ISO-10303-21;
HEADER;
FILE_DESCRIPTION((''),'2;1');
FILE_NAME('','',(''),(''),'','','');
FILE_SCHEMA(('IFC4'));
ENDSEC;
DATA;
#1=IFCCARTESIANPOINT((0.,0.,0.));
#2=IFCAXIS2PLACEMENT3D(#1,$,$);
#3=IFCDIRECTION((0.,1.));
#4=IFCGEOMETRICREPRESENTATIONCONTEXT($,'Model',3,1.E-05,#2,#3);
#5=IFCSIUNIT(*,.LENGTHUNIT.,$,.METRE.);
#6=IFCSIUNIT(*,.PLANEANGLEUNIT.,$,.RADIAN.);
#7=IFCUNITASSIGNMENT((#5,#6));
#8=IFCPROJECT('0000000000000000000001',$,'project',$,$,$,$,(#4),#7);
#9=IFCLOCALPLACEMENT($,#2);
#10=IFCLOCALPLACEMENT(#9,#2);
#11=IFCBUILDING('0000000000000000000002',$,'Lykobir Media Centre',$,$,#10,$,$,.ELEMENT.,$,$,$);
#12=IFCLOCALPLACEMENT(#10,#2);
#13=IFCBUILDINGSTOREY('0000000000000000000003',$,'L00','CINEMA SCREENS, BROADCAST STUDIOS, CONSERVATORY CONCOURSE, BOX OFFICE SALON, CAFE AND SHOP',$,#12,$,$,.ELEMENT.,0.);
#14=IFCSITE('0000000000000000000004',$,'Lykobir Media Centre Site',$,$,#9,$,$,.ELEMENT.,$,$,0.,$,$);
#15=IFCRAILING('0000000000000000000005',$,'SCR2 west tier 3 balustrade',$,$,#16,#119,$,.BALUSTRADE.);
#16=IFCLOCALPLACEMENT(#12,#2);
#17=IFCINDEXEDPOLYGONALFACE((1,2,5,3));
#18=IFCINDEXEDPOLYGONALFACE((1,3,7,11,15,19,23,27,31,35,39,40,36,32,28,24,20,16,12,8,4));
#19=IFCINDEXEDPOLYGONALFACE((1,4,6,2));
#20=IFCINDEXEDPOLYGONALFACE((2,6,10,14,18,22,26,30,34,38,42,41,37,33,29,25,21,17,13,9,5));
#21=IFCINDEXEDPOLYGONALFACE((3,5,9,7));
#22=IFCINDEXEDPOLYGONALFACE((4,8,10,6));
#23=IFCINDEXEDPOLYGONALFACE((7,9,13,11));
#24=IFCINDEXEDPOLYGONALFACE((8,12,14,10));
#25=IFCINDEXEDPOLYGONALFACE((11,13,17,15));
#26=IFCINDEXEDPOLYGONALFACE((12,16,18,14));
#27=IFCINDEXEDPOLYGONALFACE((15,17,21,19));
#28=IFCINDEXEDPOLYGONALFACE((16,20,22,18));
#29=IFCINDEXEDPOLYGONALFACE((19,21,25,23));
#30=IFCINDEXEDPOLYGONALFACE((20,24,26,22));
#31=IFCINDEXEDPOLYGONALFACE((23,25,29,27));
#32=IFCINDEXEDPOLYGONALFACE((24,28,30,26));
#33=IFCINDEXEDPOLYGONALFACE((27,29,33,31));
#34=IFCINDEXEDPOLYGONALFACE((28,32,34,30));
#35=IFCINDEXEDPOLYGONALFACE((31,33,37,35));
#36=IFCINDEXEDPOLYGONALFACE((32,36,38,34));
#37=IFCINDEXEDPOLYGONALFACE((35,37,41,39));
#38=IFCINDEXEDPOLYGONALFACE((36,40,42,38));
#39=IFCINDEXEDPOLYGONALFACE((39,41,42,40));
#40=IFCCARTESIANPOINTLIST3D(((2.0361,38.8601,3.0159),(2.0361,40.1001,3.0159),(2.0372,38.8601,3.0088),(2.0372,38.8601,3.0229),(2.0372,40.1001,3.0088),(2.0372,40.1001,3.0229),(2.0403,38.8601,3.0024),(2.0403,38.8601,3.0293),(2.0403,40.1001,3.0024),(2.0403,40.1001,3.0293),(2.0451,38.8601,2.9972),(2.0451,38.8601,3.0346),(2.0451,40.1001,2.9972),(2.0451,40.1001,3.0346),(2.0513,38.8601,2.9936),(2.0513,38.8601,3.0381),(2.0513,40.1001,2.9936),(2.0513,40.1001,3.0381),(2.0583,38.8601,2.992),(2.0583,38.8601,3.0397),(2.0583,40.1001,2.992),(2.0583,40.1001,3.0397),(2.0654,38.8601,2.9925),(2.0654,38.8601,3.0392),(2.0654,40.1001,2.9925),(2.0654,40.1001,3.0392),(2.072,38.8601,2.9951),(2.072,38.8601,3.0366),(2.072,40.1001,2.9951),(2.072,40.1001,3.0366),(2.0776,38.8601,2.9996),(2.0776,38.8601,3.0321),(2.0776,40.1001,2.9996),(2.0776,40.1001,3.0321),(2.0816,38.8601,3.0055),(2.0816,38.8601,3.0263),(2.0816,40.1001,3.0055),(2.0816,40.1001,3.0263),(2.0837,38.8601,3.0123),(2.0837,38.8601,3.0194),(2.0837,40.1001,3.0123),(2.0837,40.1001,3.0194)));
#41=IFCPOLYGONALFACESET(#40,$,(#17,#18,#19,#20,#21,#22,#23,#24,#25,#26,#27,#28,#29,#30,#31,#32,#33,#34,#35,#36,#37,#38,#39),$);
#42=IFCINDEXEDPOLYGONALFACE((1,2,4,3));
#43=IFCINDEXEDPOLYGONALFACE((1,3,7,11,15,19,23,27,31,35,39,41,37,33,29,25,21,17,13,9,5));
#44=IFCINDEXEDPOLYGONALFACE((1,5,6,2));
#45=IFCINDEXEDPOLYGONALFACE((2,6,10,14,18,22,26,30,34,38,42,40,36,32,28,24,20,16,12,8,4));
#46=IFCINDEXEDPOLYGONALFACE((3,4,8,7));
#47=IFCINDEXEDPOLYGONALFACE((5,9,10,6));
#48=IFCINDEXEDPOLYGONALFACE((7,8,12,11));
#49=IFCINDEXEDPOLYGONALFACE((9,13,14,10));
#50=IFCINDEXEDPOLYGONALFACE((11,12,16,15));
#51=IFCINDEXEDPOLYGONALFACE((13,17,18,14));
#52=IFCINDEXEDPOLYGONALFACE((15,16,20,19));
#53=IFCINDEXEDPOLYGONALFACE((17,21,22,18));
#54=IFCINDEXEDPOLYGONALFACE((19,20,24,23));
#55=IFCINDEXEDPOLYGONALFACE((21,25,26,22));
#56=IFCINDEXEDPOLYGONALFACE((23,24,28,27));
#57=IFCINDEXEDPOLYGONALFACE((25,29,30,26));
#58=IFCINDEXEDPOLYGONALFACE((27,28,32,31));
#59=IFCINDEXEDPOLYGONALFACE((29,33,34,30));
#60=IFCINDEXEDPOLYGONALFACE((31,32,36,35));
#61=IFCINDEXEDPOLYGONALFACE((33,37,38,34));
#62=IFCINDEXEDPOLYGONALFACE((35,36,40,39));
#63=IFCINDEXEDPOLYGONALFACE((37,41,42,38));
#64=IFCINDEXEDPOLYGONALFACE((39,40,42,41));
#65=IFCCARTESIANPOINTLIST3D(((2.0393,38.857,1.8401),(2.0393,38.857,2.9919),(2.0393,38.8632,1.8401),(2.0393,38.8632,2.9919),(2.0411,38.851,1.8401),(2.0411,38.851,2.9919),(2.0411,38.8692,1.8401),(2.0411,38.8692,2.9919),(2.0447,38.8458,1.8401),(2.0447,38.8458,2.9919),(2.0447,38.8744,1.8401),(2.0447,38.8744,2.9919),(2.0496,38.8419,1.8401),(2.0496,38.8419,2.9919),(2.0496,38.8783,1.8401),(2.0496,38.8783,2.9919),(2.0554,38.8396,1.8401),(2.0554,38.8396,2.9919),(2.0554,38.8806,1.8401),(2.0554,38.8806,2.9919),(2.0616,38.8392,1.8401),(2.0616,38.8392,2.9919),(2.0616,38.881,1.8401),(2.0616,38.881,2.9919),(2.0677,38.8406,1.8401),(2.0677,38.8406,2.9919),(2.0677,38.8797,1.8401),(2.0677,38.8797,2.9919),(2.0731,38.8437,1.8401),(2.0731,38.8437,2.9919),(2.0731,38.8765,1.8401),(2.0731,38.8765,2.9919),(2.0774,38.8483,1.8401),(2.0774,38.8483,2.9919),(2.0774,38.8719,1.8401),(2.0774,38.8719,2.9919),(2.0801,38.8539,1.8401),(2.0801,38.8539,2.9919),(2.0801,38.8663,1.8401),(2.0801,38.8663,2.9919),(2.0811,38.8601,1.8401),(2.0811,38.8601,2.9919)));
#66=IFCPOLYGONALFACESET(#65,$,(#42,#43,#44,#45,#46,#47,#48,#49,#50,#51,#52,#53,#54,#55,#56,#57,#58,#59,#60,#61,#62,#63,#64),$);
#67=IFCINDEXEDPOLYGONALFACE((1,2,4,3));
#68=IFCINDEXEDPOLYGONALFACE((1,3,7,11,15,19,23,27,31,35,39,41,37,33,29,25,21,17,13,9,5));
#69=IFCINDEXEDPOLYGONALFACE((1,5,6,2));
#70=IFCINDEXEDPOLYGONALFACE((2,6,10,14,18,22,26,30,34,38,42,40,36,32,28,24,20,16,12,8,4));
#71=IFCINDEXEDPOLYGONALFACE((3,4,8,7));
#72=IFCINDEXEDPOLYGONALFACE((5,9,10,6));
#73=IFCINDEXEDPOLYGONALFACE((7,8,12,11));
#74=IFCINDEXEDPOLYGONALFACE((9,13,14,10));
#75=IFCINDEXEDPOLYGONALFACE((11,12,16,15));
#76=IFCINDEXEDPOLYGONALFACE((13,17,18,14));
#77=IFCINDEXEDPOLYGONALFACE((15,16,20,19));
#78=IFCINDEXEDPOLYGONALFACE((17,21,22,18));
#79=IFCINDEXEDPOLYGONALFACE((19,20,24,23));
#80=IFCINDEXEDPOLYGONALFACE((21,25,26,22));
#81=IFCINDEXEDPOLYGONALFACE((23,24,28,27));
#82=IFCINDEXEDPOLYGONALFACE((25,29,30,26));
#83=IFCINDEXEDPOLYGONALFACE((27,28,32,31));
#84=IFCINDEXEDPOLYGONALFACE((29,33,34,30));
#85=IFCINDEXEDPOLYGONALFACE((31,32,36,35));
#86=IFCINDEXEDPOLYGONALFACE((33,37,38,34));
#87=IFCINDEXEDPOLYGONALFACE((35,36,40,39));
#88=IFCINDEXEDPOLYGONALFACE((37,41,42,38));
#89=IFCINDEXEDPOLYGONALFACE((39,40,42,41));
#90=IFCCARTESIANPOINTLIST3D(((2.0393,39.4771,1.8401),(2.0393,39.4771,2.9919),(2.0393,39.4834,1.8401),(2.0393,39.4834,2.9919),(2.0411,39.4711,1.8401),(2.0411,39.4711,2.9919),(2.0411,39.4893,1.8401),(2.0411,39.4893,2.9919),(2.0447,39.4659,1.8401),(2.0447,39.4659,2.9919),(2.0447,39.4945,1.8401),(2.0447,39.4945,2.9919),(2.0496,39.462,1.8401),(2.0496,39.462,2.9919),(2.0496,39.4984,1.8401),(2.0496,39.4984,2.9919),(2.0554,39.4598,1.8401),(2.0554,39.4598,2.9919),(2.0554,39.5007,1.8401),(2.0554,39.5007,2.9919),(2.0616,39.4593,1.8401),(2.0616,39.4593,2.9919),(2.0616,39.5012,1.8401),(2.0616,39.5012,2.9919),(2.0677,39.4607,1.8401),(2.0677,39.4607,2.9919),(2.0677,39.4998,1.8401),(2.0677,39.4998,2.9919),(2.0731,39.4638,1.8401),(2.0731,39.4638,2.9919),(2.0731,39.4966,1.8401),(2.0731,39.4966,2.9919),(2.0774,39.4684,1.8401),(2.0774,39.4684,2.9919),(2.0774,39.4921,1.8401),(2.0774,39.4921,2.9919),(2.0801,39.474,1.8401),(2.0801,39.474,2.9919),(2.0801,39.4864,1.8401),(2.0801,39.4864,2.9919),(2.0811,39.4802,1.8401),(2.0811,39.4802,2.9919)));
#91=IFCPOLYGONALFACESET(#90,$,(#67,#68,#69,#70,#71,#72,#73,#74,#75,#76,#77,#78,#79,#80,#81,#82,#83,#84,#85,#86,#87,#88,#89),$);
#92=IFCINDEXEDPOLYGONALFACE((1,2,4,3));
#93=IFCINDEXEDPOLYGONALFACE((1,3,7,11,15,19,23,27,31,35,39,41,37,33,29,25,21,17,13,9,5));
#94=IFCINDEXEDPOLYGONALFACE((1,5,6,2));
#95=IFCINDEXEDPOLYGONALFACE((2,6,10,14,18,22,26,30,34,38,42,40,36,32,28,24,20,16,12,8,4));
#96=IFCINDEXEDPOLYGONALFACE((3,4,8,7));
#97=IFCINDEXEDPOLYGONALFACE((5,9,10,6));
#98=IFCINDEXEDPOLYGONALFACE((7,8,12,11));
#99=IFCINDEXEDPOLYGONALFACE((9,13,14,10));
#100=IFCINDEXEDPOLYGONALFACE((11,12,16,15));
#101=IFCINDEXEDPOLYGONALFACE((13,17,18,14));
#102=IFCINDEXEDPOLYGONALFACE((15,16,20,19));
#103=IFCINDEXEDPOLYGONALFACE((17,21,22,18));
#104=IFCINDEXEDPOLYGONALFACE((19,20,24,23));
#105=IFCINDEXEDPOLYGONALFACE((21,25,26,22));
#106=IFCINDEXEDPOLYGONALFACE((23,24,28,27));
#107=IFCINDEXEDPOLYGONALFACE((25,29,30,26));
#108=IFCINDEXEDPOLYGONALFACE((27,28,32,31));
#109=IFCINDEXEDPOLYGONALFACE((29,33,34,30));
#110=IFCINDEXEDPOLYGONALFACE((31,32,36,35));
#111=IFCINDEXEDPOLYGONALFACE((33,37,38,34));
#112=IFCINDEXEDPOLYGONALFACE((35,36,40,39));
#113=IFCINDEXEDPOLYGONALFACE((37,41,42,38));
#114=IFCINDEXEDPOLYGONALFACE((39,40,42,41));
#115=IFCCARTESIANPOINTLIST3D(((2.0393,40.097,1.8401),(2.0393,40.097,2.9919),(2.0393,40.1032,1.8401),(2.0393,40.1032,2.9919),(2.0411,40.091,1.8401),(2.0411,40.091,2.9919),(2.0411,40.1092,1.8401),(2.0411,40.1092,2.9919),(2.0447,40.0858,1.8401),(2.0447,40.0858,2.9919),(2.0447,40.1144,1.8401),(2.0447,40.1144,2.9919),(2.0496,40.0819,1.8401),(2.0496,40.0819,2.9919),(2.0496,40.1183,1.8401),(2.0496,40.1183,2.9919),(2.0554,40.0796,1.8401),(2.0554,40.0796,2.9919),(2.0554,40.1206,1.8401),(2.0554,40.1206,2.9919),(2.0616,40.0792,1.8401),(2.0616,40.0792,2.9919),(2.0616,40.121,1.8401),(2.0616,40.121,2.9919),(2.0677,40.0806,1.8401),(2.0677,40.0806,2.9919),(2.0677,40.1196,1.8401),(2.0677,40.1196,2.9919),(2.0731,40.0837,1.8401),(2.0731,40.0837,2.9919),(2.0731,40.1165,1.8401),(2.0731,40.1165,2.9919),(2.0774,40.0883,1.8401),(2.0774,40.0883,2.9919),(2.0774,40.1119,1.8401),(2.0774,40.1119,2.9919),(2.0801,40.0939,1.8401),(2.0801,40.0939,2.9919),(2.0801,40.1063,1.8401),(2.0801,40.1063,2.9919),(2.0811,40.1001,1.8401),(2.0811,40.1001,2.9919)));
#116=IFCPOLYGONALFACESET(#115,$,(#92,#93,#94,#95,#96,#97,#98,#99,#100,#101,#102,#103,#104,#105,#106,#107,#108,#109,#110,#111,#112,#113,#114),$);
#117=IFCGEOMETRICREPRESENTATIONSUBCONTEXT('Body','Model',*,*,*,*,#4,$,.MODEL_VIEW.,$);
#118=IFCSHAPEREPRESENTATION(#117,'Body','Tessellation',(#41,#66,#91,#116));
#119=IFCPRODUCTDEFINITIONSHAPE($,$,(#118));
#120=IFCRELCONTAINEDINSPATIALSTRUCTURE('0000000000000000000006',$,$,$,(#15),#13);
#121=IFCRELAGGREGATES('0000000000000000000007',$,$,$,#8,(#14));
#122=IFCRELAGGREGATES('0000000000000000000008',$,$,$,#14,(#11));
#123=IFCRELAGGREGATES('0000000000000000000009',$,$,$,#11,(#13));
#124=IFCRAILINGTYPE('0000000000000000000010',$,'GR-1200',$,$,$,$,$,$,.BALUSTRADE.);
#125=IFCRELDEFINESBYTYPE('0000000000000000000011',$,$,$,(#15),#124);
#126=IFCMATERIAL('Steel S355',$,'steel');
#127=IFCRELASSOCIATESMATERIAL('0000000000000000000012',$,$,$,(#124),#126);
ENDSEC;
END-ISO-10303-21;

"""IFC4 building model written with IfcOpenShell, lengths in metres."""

from ifc_helpers import new_model, si_unit, direction, frame, origin, origin_2d, place, context, subcontext, project, spatial, circle, extrude, material, type_object, element, save


model = new_model("IFC4")

# Units and contexts
model_context = context("Model", 3, precision=1e-05, world=origin(), true_north=direction((0.0, 1.0)))
body_context = subcontext(model_context, "Body", "Model", "MODEL_VIEW")
ifc_project = project(units=[si_unit("LENGTHUNIT", "METRE"), si_unit("PLANEANGLEUNIT", "RADIAN")], contexts=[model_context])

# Site, building, storey
site_placement = place(None, origin())
site = spatial("IfcSite", under=ifc_project, at=site_placement, Name="Lykobir Media Centre Site", CompositionType="ELEMENT", RefElevation=0.0)
building_placement = place(site_placement, origin())
building = spatial("IfcBuilding", under=site, at=building_placement, Name="Lykobir Media Centre", CompositionType="ELEMENT")
storey_placement = place(building_placement, origin())
storey = spatial("IfcBuildingStorey", under=building, at=storey_placement, Name="L00", Description="CINEMA SCREENS, BROADCAST STUDIOS, CONSERVATORY CONCOURSE, BOX OFFICE SALON, CAFE AND SHOP", CompositionType="ELEMENT", Elevation=0.0)

# Shared definitions
ifc_material_1 = material(Name="Steel S355", Category="steel")

# Railing
railing_type = type_object("IfcRailingType", Name="GR-1200", PredefinedType="BALUSTRADE", material=ifc_material_1)
railing_1_placement = place(storey_placement, frame((2.0601, 38.8601, 1.8401)))
element("IfcRailing", 1, at=railing_1_placement, inside=storey, type_object=railing_type, Name="SCR2 west tier 3 balustrade", PredefinedType="BALUSTRADE", context=body_context, shape_type="SweptSolid", body=[
    extrude(circle(Radius=0.0239, at=origin_2d()), frame((0.0, 0.0, 1.1758), z_axis=(0.0, 1.0, 0.0), x_axis=(-1.0, 0.0, 0.0)), (0.0, 0.0, 1.0), 1.24),
    extrude(circle(Radius=0.021, at=origin_2d()), origin(), (0.0, 0.0, 1.0), 1.1519),
    extrude(circle(Radius=0.021, at=origin_2d()), frame((0.0, 0.6201, 0.0)), (0.0, 0.0, 1.0), 1.1519),
    extrude(circle(Radius=0.021, at=origin_2d()), frame((0.0, 1.24, 0.0)), (0.0, 0.0, 1.0), 1.1519),
])

save(model, "model.ifc")
